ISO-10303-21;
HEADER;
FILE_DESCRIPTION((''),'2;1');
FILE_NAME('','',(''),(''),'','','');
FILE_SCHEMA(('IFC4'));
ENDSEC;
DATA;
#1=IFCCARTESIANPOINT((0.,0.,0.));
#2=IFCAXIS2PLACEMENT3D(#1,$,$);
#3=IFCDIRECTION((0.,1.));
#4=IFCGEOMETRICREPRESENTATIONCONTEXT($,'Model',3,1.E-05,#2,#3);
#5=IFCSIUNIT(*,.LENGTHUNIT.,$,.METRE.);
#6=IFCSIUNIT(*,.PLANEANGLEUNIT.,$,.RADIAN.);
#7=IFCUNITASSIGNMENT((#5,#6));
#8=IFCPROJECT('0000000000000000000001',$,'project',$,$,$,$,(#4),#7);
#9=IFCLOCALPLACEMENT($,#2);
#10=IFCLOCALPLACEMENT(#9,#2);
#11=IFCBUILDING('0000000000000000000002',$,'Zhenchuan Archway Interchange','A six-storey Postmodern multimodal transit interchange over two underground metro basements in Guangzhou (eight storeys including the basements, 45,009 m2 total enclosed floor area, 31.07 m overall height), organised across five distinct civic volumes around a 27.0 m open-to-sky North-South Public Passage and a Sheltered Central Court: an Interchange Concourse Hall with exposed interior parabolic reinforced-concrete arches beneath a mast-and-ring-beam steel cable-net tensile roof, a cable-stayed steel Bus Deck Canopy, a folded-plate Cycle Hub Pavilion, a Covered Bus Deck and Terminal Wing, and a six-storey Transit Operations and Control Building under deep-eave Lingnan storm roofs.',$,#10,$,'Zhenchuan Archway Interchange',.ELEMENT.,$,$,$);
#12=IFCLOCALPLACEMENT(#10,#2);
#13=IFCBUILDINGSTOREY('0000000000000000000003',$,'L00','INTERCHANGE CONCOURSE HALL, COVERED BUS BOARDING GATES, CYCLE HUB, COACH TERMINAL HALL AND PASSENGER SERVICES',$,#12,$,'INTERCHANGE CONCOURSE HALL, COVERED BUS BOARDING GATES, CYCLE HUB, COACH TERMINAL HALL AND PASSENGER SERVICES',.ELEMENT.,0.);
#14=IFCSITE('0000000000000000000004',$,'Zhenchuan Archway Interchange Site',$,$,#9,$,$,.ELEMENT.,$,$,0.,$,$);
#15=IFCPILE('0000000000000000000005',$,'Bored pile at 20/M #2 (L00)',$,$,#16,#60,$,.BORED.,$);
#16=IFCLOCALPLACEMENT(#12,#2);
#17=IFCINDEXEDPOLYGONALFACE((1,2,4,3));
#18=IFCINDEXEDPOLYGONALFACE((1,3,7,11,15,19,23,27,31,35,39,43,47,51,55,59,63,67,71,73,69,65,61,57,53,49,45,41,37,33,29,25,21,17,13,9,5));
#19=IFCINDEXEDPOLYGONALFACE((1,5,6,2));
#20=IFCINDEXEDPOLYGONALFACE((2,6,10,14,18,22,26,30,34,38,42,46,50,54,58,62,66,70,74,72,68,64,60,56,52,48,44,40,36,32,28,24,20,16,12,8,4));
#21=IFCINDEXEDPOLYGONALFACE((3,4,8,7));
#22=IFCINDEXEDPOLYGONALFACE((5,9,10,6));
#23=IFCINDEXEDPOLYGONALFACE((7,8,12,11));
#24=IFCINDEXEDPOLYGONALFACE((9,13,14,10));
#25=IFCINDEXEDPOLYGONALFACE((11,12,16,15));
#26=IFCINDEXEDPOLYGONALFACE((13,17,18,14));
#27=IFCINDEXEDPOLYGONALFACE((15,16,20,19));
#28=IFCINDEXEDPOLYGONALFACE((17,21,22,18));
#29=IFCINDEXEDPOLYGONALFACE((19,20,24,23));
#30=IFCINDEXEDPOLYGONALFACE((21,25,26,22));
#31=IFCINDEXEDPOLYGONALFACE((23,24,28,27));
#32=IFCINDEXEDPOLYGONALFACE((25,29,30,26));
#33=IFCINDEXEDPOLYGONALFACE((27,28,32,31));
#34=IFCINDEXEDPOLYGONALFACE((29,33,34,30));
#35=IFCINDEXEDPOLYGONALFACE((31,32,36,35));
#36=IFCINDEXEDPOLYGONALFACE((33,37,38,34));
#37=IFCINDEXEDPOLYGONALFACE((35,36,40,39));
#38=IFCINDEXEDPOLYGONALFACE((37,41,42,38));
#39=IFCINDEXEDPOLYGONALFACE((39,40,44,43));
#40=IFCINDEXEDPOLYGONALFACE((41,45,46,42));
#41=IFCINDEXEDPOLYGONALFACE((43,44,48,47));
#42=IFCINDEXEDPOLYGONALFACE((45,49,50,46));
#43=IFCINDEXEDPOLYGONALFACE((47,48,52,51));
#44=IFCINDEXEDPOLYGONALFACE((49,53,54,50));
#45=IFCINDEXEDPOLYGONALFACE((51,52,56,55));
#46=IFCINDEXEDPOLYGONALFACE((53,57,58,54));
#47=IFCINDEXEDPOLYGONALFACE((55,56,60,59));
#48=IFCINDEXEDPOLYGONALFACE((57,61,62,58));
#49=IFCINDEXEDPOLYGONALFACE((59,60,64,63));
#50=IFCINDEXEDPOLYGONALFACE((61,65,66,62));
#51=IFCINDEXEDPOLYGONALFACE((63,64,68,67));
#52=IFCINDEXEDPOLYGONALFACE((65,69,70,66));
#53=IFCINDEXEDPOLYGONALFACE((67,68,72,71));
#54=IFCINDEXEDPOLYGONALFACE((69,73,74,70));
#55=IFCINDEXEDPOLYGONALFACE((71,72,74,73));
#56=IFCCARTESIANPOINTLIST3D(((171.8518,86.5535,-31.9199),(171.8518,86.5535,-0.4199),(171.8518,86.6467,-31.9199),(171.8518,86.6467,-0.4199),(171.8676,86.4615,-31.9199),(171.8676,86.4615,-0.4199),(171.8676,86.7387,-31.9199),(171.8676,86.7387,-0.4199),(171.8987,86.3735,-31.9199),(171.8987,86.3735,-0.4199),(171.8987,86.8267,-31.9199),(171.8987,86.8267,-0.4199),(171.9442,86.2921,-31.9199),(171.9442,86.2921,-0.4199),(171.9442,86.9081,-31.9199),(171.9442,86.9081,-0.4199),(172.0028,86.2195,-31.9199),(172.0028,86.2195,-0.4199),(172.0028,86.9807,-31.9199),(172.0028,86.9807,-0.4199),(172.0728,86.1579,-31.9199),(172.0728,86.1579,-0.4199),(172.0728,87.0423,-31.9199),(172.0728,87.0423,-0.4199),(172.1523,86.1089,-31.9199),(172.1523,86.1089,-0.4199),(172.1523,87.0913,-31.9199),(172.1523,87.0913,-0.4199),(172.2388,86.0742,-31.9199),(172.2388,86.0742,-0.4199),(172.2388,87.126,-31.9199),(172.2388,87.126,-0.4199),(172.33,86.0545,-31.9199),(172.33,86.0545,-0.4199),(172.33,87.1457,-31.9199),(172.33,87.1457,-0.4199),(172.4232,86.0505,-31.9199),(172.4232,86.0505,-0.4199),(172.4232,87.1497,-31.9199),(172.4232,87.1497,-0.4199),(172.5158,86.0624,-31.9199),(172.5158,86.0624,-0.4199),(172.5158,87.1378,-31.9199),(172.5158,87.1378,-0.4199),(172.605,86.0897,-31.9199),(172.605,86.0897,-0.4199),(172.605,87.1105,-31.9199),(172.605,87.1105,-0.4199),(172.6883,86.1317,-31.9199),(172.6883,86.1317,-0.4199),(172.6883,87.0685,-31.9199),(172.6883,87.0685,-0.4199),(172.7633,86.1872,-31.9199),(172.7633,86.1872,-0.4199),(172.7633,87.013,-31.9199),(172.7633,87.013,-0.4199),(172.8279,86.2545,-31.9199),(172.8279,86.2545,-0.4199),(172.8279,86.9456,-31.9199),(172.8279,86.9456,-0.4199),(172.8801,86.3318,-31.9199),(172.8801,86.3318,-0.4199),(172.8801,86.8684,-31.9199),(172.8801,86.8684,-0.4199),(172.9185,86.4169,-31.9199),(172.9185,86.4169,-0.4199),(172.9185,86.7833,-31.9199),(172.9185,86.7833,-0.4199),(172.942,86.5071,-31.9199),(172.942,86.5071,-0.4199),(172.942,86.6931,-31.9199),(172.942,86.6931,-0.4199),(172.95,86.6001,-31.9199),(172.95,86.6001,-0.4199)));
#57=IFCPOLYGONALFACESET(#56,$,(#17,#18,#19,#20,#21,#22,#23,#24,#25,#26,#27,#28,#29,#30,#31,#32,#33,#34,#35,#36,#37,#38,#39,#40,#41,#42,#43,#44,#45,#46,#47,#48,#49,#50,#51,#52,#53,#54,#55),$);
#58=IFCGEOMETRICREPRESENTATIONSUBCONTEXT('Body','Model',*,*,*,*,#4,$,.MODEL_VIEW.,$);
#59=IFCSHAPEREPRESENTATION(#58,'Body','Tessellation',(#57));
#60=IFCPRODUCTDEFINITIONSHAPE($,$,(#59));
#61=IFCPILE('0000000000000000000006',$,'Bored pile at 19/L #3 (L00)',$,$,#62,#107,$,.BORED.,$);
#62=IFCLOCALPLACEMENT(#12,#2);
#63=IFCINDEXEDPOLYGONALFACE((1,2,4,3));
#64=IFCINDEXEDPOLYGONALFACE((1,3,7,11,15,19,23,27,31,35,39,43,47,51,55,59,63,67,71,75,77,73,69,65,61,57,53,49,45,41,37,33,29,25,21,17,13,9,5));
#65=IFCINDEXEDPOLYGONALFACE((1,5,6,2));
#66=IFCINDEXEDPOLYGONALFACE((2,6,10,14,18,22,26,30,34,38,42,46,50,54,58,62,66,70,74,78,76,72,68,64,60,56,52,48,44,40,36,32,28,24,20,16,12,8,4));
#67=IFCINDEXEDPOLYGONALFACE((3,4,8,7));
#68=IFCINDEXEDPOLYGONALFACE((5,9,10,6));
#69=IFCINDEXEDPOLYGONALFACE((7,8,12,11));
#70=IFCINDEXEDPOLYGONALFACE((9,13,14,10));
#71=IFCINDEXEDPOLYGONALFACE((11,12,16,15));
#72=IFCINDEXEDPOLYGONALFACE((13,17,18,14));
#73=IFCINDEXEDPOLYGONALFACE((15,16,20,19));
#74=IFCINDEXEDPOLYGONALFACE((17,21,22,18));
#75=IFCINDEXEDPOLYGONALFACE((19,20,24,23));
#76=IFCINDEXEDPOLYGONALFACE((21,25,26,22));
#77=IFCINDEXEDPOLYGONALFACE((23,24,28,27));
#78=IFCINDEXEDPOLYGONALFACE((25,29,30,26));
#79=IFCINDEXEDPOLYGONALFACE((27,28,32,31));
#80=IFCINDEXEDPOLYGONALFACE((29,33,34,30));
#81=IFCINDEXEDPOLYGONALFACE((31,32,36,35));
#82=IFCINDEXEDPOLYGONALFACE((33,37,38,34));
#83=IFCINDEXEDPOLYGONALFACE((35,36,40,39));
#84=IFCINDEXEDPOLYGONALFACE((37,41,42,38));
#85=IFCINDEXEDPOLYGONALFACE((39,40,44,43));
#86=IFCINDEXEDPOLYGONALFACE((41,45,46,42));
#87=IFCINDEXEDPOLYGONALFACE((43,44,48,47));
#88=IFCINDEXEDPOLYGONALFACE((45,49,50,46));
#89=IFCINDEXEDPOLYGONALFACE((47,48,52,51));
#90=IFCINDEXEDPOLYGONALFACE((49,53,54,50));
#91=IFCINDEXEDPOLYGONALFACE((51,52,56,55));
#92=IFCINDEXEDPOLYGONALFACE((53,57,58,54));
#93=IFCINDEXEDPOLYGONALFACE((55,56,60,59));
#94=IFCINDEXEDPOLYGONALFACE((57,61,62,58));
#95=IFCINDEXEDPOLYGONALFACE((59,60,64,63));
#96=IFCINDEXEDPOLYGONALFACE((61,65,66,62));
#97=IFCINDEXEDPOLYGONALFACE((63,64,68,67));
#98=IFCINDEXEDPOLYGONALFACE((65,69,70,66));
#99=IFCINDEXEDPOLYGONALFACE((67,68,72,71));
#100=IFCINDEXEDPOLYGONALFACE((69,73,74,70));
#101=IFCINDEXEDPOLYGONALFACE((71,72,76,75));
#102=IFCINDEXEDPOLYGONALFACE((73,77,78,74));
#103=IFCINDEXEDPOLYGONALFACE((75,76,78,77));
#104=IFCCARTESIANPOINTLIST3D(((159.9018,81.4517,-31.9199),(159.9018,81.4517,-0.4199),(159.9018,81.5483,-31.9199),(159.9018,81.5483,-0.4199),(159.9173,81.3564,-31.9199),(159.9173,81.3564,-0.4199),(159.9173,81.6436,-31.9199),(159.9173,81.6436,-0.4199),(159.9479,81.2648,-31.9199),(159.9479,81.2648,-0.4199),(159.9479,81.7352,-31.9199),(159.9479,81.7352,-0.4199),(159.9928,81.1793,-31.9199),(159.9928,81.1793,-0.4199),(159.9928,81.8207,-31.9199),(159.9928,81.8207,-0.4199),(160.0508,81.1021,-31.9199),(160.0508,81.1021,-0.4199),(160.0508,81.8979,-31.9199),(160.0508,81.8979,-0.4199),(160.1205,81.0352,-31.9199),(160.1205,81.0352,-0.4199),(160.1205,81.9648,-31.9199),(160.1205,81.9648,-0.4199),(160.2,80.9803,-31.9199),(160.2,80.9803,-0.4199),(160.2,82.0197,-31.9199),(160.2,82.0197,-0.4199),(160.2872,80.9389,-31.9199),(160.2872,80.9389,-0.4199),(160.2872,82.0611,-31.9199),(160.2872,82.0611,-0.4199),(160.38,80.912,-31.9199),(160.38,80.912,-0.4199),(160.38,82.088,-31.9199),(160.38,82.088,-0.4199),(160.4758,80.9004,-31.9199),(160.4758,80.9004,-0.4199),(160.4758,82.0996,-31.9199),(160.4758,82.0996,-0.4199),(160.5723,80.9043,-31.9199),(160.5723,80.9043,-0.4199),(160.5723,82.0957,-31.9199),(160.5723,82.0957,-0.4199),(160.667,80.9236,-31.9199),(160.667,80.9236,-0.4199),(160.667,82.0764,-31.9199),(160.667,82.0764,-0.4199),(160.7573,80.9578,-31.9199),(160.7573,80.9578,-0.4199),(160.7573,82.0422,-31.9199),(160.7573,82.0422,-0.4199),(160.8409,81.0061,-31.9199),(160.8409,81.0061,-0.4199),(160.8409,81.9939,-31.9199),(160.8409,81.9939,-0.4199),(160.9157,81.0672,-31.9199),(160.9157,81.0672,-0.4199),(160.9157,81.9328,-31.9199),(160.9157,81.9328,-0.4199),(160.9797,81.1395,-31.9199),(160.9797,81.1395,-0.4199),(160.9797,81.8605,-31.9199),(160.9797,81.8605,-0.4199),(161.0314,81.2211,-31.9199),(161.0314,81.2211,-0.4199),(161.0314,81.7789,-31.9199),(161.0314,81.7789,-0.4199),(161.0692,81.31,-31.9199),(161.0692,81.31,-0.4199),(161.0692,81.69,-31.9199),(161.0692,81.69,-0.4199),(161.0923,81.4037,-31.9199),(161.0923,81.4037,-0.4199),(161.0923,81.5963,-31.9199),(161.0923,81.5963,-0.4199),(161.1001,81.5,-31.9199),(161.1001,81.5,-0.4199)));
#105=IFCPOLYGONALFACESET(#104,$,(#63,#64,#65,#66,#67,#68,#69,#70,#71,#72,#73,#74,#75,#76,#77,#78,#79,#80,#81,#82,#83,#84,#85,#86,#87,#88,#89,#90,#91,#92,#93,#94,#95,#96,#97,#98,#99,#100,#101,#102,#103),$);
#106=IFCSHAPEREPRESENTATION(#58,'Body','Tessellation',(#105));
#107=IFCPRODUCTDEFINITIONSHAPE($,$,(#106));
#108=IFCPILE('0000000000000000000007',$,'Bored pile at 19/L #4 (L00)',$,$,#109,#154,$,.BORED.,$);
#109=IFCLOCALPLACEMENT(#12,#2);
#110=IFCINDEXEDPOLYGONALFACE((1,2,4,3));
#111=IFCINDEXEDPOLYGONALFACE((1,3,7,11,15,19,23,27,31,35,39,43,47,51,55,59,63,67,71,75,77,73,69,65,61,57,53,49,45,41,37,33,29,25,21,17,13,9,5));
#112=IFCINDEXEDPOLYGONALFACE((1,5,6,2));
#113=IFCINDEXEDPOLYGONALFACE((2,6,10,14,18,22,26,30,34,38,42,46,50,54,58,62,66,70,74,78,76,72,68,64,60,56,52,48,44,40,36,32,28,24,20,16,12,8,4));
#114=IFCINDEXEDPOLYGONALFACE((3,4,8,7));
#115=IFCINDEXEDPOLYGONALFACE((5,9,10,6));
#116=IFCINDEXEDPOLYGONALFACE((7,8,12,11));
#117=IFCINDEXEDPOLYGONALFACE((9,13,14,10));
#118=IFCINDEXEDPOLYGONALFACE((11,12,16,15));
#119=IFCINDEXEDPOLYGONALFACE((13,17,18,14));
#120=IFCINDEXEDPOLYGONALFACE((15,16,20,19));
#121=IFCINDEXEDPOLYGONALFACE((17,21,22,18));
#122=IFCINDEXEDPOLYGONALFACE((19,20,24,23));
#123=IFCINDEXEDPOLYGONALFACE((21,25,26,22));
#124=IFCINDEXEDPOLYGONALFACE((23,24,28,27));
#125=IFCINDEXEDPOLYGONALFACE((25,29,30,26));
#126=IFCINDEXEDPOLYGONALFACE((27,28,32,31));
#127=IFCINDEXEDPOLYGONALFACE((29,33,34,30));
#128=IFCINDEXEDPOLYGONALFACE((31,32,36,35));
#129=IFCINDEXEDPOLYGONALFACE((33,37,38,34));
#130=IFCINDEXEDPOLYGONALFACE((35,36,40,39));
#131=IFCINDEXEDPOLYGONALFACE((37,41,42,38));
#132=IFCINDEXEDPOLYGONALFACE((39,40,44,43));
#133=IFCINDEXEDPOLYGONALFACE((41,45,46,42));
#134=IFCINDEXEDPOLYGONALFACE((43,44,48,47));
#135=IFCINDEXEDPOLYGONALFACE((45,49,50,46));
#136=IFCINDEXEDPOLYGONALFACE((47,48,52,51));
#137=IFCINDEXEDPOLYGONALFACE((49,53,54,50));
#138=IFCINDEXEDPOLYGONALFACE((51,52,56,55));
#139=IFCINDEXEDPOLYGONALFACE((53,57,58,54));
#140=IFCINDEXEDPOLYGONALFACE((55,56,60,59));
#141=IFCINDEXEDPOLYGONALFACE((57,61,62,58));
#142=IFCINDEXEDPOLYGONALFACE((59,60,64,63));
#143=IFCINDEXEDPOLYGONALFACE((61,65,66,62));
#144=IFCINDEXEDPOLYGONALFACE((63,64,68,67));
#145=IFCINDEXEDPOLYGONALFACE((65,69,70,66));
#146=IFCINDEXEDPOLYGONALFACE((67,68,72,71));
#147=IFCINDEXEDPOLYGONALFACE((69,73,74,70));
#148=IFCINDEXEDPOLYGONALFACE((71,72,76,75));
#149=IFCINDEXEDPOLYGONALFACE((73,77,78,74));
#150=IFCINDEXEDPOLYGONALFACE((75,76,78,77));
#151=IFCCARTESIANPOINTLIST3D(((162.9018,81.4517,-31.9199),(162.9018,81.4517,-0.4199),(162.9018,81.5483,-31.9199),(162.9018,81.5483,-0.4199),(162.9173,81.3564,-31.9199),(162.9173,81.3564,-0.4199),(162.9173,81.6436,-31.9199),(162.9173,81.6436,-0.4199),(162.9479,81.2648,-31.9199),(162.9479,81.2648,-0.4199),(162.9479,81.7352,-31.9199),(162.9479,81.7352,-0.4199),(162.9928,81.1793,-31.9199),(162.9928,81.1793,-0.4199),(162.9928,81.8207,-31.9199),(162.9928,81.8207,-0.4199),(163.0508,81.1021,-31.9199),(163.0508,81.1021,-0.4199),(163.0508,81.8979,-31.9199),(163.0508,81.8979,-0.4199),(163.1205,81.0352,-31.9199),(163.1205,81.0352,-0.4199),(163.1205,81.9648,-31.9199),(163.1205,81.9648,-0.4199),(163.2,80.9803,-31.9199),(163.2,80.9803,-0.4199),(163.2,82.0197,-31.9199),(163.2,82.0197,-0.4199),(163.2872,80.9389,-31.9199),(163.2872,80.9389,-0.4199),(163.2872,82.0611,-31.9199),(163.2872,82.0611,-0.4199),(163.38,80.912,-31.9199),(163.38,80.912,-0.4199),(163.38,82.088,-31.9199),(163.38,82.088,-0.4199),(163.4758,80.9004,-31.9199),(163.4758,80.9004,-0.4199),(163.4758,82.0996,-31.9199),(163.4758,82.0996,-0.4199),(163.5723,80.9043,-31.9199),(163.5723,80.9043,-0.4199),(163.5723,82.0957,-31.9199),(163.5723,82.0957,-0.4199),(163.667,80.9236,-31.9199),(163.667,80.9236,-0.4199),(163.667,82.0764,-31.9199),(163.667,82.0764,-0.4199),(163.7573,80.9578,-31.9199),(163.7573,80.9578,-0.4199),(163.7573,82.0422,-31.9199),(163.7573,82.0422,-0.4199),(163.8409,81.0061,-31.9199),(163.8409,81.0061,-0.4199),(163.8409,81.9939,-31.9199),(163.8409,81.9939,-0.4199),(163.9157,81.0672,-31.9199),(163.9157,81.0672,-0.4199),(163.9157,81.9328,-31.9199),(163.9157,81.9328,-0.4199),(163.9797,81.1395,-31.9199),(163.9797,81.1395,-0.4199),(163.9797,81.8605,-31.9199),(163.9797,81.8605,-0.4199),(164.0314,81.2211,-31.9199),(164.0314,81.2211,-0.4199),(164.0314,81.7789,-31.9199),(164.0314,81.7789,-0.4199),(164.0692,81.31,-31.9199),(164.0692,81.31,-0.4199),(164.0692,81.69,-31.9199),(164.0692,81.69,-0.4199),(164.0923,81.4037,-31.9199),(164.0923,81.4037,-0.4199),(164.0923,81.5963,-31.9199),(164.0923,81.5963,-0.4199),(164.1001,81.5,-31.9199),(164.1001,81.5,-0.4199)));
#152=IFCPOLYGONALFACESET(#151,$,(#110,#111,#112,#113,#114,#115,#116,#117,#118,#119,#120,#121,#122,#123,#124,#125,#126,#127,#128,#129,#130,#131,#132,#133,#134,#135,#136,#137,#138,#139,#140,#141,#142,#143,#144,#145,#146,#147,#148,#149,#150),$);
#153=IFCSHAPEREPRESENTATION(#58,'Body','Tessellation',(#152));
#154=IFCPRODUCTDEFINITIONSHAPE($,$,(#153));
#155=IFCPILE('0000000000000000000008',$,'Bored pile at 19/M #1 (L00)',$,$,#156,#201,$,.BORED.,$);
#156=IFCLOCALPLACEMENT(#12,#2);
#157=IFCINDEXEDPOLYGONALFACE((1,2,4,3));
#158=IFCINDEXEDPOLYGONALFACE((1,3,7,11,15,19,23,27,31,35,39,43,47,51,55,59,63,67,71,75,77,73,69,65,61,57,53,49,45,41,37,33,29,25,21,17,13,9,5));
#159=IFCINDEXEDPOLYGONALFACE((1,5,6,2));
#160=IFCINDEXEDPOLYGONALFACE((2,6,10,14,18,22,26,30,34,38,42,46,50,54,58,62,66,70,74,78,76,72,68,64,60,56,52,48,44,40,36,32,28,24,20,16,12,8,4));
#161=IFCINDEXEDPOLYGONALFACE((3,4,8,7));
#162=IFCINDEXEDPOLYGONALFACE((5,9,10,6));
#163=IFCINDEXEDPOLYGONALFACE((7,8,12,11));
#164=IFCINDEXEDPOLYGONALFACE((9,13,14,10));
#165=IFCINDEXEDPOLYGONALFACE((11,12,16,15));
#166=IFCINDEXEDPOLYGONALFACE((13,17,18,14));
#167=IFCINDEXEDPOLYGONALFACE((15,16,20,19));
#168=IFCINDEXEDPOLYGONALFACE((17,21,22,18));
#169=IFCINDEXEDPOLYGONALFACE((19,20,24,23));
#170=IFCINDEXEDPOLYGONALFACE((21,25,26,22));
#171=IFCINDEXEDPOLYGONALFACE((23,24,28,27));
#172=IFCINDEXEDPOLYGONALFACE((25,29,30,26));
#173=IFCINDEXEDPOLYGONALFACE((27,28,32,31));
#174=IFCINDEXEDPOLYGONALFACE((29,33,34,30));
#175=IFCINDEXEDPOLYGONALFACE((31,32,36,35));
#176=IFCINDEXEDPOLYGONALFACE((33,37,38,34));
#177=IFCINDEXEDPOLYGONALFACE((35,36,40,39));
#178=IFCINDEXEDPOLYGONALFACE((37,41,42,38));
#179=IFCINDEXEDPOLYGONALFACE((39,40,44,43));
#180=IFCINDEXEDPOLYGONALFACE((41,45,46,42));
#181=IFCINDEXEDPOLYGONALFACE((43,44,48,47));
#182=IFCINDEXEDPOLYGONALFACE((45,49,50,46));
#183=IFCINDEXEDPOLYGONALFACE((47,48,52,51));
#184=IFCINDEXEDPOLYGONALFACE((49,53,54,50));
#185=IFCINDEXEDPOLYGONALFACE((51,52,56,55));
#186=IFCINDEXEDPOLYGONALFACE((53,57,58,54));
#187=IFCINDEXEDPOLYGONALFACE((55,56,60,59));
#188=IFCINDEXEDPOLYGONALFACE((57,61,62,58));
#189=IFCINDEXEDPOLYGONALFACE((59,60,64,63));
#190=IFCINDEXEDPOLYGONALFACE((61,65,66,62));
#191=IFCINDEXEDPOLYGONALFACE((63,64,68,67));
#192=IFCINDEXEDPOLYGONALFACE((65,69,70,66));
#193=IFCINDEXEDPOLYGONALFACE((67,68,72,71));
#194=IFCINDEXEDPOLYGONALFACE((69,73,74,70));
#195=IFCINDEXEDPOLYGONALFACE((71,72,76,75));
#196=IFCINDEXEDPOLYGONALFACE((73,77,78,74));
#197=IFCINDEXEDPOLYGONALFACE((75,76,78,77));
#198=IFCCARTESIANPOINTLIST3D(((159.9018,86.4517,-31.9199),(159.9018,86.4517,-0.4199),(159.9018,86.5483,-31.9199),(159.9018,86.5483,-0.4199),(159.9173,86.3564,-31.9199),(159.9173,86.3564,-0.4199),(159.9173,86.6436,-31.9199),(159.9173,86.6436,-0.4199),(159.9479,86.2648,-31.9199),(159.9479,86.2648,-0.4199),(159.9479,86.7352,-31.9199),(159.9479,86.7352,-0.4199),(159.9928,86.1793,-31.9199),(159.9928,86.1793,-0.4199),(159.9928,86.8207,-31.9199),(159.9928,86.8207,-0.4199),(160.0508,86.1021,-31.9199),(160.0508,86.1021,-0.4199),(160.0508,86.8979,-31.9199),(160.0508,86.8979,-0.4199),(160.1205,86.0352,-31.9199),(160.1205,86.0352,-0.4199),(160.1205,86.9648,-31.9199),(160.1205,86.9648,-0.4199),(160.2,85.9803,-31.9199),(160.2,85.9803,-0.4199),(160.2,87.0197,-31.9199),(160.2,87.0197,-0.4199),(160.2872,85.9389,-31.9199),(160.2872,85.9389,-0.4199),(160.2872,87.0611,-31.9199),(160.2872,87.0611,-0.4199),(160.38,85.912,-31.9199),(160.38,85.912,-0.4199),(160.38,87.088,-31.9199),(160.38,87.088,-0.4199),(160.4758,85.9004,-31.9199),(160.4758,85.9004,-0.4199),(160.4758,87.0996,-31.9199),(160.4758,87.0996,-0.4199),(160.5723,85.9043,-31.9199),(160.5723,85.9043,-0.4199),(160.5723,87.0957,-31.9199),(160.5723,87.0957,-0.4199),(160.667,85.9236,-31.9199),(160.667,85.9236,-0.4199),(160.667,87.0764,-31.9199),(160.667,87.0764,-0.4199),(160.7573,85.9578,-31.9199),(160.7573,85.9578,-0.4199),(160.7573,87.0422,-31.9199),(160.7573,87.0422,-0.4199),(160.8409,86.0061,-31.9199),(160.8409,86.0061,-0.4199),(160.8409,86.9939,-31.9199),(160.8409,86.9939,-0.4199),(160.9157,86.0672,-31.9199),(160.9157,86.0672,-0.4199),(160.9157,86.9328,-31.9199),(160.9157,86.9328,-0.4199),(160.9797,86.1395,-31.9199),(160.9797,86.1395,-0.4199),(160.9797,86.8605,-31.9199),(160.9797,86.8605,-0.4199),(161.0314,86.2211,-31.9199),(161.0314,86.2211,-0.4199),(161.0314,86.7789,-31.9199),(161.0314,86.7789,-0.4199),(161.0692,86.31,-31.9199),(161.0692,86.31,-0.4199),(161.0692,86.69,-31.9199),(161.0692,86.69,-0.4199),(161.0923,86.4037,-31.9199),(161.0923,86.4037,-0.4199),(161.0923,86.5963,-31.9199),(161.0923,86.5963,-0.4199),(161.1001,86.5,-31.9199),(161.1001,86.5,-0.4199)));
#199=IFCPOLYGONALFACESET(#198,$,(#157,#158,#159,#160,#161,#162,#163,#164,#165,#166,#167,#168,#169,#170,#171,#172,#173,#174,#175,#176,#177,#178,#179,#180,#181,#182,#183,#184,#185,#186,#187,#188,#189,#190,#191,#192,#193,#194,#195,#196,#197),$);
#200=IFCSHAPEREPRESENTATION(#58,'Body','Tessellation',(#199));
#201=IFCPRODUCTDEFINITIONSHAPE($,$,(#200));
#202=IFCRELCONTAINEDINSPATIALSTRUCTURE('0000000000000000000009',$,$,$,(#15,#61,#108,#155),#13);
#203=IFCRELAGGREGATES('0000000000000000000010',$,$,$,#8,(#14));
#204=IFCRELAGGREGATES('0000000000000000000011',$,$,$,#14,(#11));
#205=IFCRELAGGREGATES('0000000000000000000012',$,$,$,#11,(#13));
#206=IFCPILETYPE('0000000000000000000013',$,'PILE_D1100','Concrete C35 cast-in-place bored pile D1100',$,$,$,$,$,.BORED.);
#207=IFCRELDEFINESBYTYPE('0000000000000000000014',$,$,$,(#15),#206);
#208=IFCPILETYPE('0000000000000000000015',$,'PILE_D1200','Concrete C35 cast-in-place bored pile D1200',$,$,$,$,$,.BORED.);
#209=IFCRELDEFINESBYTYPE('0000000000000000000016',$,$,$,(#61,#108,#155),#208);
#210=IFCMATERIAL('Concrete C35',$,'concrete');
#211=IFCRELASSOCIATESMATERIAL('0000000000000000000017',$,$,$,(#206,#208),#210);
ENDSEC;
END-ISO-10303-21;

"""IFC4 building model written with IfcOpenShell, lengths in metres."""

from ifc_helpers import new_model, si_unit, direction, frame, origin, origin_2d, place, context, subcontext, project, spatial, circle, extrude, material, material_profile, profile_set, type_object, element, save


model = new_model("IFC4")

# Units and contexts
model_context = context("Model", 3, precision=1e-05, world=origin(), true_north=direction((0.0, 1.0)))
body_context = subcontext(model_context, "Body", "Model", "MODEL_VIEW")
ifc_project = project(units=[si_unit("LENGTHUNIT", "METRE"), si_unit("PLANEANGLEUNIT", "RADIAN")], contexts=[model_context])

# Site, building, storey
site_placement = place(None, origin())
site = spatial("IfcSite", under=ifc_project, at=site_placement, Name="Zhenchuan Archway Interchange Site", CompositionType="ELEMENT", RefElevation=0.0)
building_placement = place(site_placement, origin())
building = spatial("IfcBuilding", under=site, at=building_placement, Name="Zhenchuan Archway Interchange", Description="A six-storey Postmodern multimodal transit interchange over two underground metro basements in Guangzhou (eight storeys including the basements, 45,009 m2 total enclosed floor area, 31.07 m overall height), organised across five distinct civic volumes around a 27.0 m open-to-sky North-South Public Passage and a Sheltered Central Court: an Interchange Concourse Hall with exposed interior parabolic reinforced-concrete arches beneath a mast-and-ring-beam steel cable-net tensile roof, a cable-stayed steel Bus Deck Canopy, a folded-plate Cycle Hub Pavilion, a Covered Bus Deck and Terminal Wing, and a six-storey Transit Operations and Control Building under deep-eave Lingnan storm roofs.", LongName="Zhenchuan Archway Interchange", CompositionType="ELEMENT")
storey_placement = place(building_placement, origin())
storey = spatial("IfcBuildingStorey", under=building, at=storey_placement, Name="L00", Description="INTERCHANGE CONCOURSE HALL, COVERED BUS BOARDING GATES, CYCLE HUB, COACH TERMINAL HALL AND PASSENGER SERVICES", LongName="INTERCHANGE CONCOURSE HALL, COVERED BUS BOARDING GATES, CYCLE HUB, COACH TERMINAL HALL AND PASSENGER SERVICES", CompositionType="ELEMENT", Elevation=0.0)

# Piles
ifc_material_1 = material(Name="Concrete C35", Category="concrete")
ifc_material_profile_1 = material_profile(ifc_material_1, circle(Radius=0.55, at=origin_2d()), Name="BORED PILE 1100")
ifc_profile_set_1 = profile_set([ifc_material_profile_1], Name="Concrete C35")
pile_type_1 = type_object("IfcPileType", Name="PILE_D1100", Description="Concrete C35 cast-in-place bored pile D1100", PredefinedType="BORED", material=ifc_profile_set_1)
for number, where, z_axis, x_axis, name in (
    (1, (172.3999, 86.6001, -0.4199), (0.0, 0.0, -1.0), (1.0, 0.0, 0.0), "Bored pile at 20/M #2 (L00)"),
):
    element("IfcPile", number, at=place(storey_placement, frame(where, z_axis=z_axis, x_axis=x_axis)), inside=storey, type_object=pile_type_1, Name=name, PredefinedType="BORED", context=body_context, shape_type="SweptSolid", body=[
        extrude(circle(Radius=0.55, at=origin_2d()), origin(), (0.0, 0.0, 1.0), 31.5),
    ])
ifc_material_profile_2 = material_profile(ifc_material_1, circle(Radius=0.6001, at=origin_2d()), Name="BORED PILE 1200")
ifc_profile_set_2 = profile_set([ifc_material_profile_2], Name="Concrete C35")
pile_type_2 = type_object("IfcPileType", Name="PILE_D1200", Description="Concrete C35 cast-in-place bored pile D1200", PredefinedType="BORED", material=ifc_profile_set_2)
for number, where, z_axis, x_axis, name in (
    (2, (160.5, 81.5, -0.4199), (0.0, 0.0, -1.0), (1.0, 0.0, 0.0), "Bored pile at 19/L #3 (L00)"),
    (3, (163.5, 81.5, -0.4199), (0.0, 0.0, -1.0), (1.0, 0.0, 0.0), "Bored pile at 19/L #4 (L00)"),
    (4, (160.5, 86.5, -0.4199), (0.0, 0.0, -1.0), (1.0, 0.0, 0.0), "Bored pile at 19/M #1 (L00)"),
):
    element("IfcPile", number, at=place(storey_placement, frame(where, z_axis=z_axis, x_axis=x_axis)), inside=storey, type_object=pile_type_2, Name=name, PredefinedType="BORED", context=body_context, shape_type="SweptSolid", body=[
        extrude(circle(Radius=0.6001, at=origin_2d()), origin(), (0.0, 0.0, 1.0), 31.5),
    ])

save(model, "model.ifc")
